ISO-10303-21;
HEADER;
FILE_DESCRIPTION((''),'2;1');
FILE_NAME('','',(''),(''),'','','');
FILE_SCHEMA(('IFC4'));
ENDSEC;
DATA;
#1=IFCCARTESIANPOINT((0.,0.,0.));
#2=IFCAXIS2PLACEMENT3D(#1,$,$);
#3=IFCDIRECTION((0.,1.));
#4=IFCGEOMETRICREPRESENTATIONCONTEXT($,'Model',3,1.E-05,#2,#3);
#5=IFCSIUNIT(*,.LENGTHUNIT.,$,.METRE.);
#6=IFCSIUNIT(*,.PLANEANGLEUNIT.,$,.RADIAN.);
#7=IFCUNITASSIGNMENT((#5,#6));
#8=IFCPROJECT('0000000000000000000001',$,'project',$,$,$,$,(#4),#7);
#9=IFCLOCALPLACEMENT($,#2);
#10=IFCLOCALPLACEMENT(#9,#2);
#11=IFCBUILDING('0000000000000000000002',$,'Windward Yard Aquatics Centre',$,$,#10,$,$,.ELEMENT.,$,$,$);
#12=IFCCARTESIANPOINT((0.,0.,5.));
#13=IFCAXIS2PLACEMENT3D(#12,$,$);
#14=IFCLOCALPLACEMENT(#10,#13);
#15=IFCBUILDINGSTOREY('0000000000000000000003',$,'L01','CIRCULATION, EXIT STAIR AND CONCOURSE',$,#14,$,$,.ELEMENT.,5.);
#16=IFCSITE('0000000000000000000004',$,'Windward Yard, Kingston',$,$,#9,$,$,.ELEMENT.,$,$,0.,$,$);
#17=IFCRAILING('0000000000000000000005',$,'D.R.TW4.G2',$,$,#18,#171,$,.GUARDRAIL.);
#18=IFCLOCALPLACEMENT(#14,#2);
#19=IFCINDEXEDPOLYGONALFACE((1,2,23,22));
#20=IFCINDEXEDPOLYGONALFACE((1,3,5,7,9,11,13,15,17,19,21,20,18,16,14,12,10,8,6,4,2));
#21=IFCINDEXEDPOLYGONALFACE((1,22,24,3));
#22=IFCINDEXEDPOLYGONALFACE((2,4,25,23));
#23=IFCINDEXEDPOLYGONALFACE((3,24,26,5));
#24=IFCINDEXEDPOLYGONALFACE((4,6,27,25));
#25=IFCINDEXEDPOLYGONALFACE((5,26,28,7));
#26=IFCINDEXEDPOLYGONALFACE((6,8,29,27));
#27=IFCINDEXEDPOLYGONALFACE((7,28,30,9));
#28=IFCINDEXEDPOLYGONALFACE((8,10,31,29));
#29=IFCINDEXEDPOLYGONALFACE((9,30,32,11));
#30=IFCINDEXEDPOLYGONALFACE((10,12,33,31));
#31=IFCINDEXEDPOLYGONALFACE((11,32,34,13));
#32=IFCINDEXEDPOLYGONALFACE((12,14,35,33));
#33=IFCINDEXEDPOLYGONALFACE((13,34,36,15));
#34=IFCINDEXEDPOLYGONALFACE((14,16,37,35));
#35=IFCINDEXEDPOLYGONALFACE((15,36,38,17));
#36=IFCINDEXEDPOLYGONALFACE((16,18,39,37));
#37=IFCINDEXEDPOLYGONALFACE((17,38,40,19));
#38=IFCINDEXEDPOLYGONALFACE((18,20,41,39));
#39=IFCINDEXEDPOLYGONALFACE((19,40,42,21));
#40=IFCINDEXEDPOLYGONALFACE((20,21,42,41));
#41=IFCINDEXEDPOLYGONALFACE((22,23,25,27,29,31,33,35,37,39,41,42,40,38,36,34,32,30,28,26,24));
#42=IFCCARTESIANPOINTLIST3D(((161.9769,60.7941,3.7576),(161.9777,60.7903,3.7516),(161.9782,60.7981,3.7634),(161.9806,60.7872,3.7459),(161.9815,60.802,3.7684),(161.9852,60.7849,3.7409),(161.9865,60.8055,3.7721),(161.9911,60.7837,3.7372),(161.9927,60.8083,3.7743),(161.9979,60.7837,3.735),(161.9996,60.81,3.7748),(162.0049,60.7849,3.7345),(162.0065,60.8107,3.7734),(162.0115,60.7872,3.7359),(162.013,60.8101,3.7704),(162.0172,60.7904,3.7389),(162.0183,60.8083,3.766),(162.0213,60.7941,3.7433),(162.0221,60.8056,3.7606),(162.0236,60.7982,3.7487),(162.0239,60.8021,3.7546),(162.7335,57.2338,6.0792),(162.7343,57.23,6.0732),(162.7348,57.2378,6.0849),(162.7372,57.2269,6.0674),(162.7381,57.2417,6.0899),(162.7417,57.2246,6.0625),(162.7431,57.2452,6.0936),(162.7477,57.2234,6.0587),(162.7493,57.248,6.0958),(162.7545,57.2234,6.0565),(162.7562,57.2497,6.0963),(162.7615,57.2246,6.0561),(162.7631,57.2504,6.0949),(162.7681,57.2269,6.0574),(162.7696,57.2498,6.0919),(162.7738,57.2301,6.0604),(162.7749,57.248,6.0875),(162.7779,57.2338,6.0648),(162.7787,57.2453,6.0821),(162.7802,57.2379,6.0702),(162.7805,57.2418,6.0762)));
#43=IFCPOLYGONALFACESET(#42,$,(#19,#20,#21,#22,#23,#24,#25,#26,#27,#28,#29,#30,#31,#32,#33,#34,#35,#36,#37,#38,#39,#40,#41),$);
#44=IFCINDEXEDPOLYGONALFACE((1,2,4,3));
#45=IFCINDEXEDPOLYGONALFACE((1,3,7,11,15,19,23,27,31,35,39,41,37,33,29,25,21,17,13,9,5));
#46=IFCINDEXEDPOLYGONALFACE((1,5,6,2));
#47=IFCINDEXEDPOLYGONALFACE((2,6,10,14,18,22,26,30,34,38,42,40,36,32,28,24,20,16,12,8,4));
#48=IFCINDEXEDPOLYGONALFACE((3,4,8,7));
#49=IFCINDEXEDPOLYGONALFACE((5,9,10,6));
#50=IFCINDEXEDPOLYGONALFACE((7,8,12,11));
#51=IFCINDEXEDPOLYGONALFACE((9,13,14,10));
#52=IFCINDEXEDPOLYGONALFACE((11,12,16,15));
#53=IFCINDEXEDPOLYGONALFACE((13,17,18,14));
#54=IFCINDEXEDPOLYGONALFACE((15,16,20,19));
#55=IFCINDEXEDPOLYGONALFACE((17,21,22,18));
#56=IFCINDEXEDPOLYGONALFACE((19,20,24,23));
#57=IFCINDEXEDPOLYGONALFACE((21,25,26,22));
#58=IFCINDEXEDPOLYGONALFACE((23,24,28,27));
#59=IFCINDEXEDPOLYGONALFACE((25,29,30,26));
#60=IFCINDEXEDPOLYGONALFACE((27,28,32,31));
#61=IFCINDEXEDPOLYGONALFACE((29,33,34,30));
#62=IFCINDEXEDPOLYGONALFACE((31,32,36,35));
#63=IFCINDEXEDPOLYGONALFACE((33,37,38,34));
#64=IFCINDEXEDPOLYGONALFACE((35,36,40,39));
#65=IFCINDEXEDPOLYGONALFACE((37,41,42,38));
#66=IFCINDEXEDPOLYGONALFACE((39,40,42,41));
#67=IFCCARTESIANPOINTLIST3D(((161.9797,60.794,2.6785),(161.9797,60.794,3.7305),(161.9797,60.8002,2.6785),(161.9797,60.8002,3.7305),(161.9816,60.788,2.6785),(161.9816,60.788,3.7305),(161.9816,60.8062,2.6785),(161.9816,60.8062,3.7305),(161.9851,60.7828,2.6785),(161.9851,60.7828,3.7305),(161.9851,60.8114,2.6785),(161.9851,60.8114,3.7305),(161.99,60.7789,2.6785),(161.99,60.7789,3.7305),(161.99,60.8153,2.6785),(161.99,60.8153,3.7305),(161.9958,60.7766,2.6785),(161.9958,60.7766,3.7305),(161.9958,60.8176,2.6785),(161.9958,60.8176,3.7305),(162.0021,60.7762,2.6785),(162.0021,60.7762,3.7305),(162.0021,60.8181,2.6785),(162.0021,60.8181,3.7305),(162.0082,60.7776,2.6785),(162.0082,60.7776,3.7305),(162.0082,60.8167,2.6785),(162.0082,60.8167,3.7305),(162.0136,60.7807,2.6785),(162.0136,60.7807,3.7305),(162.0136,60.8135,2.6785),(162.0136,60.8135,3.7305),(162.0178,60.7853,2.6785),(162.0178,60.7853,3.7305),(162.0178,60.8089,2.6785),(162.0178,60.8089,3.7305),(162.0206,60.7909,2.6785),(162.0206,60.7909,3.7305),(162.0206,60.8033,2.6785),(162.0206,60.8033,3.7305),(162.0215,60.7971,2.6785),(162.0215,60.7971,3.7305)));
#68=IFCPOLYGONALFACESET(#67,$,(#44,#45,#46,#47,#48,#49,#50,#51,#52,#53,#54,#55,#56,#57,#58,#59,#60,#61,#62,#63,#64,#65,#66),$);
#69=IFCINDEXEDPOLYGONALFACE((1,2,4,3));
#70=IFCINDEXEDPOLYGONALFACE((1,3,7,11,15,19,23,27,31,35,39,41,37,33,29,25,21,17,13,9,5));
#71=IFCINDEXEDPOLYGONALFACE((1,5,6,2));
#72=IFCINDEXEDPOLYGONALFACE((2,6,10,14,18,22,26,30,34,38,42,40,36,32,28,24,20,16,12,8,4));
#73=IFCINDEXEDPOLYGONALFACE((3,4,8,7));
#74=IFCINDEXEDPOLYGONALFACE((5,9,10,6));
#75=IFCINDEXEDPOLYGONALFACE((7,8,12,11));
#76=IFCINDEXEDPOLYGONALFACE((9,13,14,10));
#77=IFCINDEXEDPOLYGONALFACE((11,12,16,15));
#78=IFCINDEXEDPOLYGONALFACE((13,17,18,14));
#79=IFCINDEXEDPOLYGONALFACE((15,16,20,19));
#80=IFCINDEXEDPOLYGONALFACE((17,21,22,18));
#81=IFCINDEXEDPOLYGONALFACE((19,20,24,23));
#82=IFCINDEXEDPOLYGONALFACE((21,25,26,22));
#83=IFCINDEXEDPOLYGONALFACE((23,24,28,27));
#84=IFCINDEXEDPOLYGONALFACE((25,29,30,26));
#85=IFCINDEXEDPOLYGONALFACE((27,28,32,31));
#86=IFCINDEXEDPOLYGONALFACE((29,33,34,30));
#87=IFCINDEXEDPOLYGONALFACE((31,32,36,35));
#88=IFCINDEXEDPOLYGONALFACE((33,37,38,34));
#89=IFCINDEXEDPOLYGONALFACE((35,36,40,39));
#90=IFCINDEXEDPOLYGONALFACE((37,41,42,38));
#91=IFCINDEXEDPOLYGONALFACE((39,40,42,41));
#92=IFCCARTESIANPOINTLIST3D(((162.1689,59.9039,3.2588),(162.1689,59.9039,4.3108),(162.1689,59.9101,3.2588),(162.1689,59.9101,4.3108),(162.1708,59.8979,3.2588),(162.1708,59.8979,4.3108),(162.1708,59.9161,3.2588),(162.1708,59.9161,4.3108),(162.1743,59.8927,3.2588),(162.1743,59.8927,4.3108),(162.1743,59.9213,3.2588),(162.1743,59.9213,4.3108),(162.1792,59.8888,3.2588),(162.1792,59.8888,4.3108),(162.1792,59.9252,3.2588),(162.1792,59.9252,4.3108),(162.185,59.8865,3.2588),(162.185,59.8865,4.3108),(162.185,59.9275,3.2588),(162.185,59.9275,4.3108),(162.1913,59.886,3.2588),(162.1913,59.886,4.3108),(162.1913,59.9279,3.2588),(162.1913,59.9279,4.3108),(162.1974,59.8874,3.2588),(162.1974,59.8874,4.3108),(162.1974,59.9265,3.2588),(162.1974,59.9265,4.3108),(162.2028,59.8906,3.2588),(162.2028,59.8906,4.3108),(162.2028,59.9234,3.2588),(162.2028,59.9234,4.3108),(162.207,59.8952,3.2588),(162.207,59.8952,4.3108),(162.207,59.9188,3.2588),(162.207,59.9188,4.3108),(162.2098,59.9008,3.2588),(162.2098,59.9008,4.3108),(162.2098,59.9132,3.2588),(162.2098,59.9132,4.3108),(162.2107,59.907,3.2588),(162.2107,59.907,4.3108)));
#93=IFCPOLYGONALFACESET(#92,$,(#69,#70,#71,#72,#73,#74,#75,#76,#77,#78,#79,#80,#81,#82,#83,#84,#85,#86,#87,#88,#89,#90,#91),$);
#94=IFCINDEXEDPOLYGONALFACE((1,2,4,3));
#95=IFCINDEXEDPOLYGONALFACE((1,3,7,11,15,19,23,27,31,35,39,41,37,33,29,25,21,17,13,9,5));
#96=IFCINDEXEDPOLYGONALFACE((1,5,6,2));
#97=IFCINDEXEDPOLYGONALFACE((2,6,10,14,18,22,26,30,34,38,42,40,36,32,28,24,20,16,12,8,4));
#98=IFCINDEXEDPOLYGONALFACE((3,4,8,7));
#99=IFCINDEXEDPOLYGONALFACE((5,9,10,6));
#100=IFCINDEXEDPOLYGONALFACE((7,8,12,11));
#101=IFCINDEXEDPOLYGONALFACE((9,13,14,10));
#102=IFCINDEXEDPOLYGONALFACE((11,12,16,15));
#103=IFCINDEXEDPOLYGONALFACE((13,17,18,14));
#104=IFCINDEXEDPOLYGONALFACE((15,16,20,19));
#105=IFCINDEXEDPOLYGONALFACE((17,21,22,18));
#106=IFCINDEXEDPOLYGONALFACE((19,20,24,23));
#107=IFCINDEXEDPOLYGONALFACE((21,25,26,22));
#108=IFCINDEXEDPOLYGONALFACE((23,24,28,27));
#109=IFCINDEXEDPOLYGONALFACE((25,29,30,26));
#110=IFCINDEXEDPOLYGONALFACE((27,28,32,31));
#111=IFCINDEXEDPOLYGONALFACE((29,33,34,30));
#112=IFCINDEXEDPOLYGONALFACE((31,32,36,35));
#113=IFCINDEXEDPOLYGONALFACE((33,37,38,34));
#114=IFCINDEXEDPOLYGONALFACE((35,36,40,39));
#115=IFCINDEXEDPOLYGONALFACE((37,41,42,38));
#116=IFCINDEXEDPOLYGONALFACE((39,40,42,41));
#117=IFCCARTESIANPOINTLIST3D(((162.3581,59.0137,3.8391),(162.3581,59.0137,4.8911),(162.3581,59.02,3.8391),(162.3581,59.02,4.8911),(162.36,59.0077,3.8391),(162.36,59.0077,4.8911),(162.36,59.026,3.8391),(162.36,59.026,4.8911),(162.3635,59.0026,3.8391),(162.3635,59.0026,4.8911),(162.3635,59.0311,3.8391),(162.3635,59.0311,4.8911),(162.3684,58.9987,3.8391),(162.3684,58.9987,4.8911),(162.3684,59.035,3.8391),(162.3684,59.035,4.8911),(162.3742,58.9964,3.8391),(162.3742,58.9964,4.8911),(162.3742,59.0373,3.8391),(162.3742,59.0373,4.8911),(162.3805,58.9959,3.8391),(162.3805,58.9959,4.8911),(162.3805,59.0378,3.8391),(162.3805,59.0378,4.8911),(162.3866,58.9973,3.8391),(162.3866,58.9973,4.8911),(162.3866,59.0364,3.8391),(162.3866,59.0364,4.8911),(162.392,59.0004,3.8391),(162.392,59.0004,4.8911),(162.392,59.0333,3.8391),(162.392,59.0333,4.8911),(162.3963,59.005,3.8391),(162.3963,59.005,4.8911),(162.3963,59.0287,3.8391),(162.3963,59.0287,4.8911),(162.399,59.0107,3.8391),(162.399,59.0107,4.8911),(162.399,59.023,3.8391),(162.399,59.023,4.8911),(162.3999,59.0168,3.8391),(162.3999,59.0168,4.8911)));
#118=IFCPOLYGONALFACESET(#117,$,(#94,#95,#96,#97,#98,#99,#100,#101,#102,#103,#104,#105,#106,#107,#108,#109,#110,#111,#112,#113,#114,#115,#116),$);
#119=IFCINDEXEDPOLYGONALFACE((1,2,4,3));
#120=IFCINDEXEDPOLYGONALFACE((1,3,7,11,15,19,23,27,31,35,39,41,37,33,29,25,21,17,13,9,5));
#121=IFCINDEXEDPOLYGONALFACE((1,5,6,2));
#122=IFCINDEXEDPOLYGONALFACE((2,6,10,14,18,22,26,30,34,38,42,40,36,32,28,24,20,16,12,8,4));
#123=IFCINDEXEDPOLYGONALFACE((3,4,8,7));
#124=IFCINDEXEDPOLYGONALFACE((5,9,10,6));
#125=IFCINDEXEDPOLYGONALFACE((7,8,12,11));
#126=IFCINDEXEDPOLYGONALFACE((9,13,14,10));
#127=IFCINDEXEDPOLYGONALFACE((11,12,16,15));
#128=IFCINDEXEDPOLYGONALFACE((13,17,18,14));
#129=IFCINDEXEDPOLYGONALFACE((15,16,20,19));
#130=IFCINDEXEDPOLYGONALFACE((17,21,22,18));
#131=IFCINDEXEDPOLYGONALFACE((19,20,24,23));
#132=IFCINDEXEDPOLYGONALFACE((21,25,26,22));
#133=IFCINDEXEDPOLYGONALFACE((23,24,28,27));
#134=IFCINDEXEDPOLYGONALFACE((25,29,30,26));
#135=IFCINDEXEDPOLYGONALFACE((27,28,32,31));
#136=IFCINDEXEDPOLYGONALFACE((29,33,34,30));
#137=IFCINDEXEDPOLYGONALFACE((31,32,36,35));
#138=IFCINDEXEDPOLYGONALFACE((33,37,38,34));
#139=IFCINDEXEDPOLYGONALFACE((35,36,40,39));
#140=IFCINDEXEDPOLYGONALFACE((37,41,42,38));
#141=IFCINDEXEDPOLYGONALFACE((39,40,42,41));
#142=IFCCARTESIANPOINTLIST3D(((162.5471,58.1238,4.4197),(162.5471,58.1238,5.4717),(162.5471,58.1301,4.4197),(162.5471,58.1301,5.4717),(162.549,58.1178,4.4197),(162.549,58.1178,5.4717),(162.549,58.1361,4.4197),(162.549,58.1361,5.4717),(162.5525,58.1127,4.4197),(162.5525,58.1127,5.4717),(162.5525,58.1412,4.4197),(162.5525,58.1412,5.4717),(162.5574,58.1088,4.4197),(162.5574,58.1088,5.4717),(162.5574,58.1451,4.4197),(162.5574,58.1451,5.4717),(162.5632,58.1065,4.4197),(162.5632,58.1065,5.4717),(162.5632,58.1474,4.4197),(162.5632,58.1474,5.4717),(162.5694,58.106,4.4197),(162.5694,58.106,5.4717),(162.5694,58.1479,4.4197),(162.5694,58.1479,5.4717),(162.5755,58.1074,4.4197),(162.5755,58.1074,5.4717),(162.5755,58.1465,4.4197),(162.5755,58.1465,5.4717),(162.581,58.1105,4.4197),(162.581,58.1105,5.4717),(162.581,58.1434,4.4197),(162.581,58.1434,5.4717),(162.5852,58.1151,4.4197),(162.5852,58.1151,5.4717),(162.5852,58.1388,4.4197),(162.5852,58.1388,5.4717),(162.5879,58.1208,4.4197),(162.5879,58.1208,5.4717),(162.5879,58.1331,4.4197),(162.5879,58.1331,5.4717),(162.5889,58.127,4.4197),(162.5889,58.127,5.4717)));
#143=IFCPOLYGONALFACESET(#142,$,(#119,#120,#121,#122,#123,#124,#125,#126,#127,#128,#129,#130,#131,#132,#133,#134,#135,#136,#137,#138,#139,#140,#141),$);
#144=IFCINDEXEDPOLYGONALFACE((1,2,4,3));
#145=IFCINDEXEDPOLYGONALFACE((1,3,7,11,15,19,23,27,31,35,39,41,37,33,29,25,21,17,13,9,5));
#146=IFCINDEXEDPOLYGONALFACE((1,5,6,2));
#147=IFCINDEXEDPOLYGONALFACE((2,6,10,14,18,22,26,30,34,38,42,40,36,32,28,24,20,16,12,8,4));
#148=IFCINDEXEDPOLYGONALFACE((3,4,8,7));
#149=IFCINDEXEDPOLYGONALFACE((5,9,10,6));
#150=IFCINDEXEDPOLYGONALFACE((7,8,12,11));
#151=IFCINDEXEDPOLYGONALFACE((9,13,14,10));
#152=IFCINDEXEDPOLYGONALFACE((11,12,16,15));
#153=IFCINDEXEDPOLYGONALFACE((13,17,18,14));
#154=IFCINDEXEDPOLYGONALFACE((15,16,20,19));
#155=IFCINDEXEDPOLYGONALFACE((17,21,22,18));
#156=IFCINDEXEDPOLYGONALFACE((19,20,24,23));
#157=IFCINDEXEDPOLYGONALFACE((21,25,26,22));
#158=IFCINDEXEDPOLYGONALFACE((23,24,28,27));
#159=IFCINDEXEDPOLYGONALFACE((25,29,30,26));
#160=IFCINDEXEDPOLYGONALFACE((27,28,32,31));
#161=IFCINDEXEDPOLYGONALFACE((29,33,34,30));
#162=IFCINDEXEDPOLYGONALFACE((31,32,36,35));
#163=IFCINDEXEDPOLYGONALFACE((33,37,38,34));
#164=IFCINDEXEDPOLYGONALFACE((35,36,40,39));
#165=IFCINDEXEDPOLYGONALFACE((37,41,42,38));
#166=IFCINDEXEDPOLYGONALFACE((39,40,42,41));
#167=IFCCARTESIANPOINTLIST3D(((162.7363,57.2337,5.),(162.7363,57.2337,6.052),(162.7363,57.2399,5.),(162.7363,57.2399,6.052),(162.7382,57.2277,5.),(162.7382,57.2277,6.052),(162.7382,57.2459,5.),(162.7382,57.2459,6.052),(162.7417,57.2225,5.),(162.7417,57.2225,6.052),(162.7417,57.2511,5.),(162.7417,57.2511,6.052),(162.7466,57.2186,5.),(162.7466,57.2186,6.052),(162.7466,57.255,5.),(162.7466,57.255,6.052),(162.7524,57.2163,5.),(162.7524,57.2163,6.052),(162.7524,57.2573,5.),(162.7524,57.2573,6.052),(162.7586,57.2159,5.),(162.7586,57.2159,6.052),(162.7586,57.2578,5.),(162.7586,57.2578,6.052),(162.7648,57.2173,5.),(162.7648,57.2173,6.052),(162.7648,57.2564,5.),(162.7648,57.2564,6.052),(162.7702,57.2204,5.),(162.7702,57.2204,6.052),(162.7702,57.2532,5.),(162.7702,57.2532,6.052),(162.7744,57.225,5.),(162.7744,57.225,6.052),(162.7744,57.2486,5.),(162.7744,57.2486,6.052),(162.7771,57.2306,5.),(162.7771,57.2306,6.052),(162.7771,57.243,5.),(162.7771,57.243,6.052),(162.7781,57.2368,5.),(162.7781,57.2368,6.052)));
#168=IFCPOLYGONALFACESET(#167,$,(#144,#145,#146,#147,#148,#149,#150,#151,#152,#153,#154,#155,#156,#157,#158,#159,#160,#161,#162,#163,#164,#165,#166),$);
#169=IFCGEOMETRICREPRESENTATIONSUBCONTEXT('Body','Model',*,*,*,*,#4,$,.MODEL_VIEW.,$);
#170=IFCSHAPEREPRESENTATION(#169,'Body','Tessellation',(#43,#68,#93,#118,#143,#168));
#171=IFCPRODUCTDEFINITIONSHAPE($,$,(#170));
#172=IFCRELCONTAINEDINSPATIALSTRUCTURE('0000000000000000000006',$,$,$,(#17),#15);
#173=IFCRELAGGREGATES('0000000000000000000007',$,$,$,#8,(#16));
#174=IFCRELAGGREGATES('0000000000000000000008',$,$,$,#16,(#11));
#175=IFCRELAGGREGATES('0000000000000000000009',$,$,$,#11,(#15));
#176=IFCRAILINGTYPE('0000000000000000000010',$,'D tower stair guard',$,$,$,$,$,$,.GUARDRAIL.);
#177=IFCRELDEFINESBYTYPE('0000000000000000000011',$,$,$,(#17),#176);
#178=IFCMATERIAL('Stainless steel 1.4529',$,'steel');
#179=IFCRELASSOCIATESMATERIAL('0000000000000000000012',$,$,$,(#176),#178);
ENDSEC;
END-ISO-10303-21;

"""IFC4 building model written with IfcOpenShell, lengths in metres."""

from ifc_helpers import new_model, si_unit, direction, frame, origin, origin_2d, place, context, subcontext, project, spatial, circle, extrude, material, type_object, element, save


model = new_model("IFC4")

# Units and contexts
model_context = context("Model", 3, precision=1e-05, world=origin(), true_north=direction((0.0, 1.0)))
body_context = subcontext(model_context, "Body", "Model", "MODEL_VIEW")
ifc_project = project(units=[si_unit("LENGTHUNIT", "METRE"), si_unit("PLANEANGLEUNIT", "RADIAN")], contexts=[model_context])

# Site, building, storey
site_placement = place(None, origin())
site = spatial("IfcSite", under=ifc_project, at=site_placement, Name="Windward Yard, Kingston", CompositionType="ELEMENT", RefElevation=0.0)
building_placement = place(site_placement, origin())
building = spatial("IfcBuilding", under=site, at=building_placement, Name="Windward Yard Aquatics Centre", CompositionType="ELEMENT")
storey_placement = place(building_placement, frame((0.0, 0.0, 5.0)))
storey = spatial("IfcBuildingStorey", under=building, at=storey_placement, Name="L01", Description="CIRCULATION, EXIT STAIR AND CONCOURSE", CompositionType="ELEMENT", Elevation=5.0)

# Shared definitions
ifc_material_1 = material(Name="Stainless steel 1.4529", Category="steel")

# Railing
railing_type_1 = type_object("IfcRailingType", Name="D tower stair guard", PredefinedType="GUARDRAIL", material=ifc_material_1)
for number, where, name in (
    (1, (162.0005, 60.7971, 2.6785), "D.R.TW4.G2"),
):
    element("IfcRailing", number, at=place(storey_placement, frame(where)), inside=storey, type_object=railing_type_1, Name=name, PredefinedType="GUARDRAIL", context=body_context, shape_type="SweptSolid", body=[
        extrude(circle(Radius=0.0239, at=origin_2d()), frame((0.0, 0.0, 1.0762), z_axis=(0.175253, -0.82469, 0.537748), x_axis=(0.978157, 0.207866, 0.0)), (0.0, 0.0, 1.0), 4.3171),
        extrude(circle(Radius=0.021, at=origin_2d()), origin(), (0.0, 0.0, 1.0), 1.052),
        extrude(circle(Radius=0.021, at=origin_2d()), frame((0.1892, -0.8901, 0.5803)), (0.0, 0.0, 1.0), 1.052),
        extrude(circle(Radius=0.021, at=origin_2d()), frame((0.3784, -1.7803, 1.1606)), (0.0, 0.0, 1.0), 1.052),
        extrude(circle(Radius=0.021, at=origin_2d()), frame((0.5674, -2.6702, 1.7412)), (0.0, 0.0, 1.0), 1.052),
        extrude(circle(Radius=0.021, at=origin_2d()), frame((0.7566, -3.5603, 2.3215)), (0.0, 0.0, 1.0), 1.052),
    ])

save(model, "model.ifc")
